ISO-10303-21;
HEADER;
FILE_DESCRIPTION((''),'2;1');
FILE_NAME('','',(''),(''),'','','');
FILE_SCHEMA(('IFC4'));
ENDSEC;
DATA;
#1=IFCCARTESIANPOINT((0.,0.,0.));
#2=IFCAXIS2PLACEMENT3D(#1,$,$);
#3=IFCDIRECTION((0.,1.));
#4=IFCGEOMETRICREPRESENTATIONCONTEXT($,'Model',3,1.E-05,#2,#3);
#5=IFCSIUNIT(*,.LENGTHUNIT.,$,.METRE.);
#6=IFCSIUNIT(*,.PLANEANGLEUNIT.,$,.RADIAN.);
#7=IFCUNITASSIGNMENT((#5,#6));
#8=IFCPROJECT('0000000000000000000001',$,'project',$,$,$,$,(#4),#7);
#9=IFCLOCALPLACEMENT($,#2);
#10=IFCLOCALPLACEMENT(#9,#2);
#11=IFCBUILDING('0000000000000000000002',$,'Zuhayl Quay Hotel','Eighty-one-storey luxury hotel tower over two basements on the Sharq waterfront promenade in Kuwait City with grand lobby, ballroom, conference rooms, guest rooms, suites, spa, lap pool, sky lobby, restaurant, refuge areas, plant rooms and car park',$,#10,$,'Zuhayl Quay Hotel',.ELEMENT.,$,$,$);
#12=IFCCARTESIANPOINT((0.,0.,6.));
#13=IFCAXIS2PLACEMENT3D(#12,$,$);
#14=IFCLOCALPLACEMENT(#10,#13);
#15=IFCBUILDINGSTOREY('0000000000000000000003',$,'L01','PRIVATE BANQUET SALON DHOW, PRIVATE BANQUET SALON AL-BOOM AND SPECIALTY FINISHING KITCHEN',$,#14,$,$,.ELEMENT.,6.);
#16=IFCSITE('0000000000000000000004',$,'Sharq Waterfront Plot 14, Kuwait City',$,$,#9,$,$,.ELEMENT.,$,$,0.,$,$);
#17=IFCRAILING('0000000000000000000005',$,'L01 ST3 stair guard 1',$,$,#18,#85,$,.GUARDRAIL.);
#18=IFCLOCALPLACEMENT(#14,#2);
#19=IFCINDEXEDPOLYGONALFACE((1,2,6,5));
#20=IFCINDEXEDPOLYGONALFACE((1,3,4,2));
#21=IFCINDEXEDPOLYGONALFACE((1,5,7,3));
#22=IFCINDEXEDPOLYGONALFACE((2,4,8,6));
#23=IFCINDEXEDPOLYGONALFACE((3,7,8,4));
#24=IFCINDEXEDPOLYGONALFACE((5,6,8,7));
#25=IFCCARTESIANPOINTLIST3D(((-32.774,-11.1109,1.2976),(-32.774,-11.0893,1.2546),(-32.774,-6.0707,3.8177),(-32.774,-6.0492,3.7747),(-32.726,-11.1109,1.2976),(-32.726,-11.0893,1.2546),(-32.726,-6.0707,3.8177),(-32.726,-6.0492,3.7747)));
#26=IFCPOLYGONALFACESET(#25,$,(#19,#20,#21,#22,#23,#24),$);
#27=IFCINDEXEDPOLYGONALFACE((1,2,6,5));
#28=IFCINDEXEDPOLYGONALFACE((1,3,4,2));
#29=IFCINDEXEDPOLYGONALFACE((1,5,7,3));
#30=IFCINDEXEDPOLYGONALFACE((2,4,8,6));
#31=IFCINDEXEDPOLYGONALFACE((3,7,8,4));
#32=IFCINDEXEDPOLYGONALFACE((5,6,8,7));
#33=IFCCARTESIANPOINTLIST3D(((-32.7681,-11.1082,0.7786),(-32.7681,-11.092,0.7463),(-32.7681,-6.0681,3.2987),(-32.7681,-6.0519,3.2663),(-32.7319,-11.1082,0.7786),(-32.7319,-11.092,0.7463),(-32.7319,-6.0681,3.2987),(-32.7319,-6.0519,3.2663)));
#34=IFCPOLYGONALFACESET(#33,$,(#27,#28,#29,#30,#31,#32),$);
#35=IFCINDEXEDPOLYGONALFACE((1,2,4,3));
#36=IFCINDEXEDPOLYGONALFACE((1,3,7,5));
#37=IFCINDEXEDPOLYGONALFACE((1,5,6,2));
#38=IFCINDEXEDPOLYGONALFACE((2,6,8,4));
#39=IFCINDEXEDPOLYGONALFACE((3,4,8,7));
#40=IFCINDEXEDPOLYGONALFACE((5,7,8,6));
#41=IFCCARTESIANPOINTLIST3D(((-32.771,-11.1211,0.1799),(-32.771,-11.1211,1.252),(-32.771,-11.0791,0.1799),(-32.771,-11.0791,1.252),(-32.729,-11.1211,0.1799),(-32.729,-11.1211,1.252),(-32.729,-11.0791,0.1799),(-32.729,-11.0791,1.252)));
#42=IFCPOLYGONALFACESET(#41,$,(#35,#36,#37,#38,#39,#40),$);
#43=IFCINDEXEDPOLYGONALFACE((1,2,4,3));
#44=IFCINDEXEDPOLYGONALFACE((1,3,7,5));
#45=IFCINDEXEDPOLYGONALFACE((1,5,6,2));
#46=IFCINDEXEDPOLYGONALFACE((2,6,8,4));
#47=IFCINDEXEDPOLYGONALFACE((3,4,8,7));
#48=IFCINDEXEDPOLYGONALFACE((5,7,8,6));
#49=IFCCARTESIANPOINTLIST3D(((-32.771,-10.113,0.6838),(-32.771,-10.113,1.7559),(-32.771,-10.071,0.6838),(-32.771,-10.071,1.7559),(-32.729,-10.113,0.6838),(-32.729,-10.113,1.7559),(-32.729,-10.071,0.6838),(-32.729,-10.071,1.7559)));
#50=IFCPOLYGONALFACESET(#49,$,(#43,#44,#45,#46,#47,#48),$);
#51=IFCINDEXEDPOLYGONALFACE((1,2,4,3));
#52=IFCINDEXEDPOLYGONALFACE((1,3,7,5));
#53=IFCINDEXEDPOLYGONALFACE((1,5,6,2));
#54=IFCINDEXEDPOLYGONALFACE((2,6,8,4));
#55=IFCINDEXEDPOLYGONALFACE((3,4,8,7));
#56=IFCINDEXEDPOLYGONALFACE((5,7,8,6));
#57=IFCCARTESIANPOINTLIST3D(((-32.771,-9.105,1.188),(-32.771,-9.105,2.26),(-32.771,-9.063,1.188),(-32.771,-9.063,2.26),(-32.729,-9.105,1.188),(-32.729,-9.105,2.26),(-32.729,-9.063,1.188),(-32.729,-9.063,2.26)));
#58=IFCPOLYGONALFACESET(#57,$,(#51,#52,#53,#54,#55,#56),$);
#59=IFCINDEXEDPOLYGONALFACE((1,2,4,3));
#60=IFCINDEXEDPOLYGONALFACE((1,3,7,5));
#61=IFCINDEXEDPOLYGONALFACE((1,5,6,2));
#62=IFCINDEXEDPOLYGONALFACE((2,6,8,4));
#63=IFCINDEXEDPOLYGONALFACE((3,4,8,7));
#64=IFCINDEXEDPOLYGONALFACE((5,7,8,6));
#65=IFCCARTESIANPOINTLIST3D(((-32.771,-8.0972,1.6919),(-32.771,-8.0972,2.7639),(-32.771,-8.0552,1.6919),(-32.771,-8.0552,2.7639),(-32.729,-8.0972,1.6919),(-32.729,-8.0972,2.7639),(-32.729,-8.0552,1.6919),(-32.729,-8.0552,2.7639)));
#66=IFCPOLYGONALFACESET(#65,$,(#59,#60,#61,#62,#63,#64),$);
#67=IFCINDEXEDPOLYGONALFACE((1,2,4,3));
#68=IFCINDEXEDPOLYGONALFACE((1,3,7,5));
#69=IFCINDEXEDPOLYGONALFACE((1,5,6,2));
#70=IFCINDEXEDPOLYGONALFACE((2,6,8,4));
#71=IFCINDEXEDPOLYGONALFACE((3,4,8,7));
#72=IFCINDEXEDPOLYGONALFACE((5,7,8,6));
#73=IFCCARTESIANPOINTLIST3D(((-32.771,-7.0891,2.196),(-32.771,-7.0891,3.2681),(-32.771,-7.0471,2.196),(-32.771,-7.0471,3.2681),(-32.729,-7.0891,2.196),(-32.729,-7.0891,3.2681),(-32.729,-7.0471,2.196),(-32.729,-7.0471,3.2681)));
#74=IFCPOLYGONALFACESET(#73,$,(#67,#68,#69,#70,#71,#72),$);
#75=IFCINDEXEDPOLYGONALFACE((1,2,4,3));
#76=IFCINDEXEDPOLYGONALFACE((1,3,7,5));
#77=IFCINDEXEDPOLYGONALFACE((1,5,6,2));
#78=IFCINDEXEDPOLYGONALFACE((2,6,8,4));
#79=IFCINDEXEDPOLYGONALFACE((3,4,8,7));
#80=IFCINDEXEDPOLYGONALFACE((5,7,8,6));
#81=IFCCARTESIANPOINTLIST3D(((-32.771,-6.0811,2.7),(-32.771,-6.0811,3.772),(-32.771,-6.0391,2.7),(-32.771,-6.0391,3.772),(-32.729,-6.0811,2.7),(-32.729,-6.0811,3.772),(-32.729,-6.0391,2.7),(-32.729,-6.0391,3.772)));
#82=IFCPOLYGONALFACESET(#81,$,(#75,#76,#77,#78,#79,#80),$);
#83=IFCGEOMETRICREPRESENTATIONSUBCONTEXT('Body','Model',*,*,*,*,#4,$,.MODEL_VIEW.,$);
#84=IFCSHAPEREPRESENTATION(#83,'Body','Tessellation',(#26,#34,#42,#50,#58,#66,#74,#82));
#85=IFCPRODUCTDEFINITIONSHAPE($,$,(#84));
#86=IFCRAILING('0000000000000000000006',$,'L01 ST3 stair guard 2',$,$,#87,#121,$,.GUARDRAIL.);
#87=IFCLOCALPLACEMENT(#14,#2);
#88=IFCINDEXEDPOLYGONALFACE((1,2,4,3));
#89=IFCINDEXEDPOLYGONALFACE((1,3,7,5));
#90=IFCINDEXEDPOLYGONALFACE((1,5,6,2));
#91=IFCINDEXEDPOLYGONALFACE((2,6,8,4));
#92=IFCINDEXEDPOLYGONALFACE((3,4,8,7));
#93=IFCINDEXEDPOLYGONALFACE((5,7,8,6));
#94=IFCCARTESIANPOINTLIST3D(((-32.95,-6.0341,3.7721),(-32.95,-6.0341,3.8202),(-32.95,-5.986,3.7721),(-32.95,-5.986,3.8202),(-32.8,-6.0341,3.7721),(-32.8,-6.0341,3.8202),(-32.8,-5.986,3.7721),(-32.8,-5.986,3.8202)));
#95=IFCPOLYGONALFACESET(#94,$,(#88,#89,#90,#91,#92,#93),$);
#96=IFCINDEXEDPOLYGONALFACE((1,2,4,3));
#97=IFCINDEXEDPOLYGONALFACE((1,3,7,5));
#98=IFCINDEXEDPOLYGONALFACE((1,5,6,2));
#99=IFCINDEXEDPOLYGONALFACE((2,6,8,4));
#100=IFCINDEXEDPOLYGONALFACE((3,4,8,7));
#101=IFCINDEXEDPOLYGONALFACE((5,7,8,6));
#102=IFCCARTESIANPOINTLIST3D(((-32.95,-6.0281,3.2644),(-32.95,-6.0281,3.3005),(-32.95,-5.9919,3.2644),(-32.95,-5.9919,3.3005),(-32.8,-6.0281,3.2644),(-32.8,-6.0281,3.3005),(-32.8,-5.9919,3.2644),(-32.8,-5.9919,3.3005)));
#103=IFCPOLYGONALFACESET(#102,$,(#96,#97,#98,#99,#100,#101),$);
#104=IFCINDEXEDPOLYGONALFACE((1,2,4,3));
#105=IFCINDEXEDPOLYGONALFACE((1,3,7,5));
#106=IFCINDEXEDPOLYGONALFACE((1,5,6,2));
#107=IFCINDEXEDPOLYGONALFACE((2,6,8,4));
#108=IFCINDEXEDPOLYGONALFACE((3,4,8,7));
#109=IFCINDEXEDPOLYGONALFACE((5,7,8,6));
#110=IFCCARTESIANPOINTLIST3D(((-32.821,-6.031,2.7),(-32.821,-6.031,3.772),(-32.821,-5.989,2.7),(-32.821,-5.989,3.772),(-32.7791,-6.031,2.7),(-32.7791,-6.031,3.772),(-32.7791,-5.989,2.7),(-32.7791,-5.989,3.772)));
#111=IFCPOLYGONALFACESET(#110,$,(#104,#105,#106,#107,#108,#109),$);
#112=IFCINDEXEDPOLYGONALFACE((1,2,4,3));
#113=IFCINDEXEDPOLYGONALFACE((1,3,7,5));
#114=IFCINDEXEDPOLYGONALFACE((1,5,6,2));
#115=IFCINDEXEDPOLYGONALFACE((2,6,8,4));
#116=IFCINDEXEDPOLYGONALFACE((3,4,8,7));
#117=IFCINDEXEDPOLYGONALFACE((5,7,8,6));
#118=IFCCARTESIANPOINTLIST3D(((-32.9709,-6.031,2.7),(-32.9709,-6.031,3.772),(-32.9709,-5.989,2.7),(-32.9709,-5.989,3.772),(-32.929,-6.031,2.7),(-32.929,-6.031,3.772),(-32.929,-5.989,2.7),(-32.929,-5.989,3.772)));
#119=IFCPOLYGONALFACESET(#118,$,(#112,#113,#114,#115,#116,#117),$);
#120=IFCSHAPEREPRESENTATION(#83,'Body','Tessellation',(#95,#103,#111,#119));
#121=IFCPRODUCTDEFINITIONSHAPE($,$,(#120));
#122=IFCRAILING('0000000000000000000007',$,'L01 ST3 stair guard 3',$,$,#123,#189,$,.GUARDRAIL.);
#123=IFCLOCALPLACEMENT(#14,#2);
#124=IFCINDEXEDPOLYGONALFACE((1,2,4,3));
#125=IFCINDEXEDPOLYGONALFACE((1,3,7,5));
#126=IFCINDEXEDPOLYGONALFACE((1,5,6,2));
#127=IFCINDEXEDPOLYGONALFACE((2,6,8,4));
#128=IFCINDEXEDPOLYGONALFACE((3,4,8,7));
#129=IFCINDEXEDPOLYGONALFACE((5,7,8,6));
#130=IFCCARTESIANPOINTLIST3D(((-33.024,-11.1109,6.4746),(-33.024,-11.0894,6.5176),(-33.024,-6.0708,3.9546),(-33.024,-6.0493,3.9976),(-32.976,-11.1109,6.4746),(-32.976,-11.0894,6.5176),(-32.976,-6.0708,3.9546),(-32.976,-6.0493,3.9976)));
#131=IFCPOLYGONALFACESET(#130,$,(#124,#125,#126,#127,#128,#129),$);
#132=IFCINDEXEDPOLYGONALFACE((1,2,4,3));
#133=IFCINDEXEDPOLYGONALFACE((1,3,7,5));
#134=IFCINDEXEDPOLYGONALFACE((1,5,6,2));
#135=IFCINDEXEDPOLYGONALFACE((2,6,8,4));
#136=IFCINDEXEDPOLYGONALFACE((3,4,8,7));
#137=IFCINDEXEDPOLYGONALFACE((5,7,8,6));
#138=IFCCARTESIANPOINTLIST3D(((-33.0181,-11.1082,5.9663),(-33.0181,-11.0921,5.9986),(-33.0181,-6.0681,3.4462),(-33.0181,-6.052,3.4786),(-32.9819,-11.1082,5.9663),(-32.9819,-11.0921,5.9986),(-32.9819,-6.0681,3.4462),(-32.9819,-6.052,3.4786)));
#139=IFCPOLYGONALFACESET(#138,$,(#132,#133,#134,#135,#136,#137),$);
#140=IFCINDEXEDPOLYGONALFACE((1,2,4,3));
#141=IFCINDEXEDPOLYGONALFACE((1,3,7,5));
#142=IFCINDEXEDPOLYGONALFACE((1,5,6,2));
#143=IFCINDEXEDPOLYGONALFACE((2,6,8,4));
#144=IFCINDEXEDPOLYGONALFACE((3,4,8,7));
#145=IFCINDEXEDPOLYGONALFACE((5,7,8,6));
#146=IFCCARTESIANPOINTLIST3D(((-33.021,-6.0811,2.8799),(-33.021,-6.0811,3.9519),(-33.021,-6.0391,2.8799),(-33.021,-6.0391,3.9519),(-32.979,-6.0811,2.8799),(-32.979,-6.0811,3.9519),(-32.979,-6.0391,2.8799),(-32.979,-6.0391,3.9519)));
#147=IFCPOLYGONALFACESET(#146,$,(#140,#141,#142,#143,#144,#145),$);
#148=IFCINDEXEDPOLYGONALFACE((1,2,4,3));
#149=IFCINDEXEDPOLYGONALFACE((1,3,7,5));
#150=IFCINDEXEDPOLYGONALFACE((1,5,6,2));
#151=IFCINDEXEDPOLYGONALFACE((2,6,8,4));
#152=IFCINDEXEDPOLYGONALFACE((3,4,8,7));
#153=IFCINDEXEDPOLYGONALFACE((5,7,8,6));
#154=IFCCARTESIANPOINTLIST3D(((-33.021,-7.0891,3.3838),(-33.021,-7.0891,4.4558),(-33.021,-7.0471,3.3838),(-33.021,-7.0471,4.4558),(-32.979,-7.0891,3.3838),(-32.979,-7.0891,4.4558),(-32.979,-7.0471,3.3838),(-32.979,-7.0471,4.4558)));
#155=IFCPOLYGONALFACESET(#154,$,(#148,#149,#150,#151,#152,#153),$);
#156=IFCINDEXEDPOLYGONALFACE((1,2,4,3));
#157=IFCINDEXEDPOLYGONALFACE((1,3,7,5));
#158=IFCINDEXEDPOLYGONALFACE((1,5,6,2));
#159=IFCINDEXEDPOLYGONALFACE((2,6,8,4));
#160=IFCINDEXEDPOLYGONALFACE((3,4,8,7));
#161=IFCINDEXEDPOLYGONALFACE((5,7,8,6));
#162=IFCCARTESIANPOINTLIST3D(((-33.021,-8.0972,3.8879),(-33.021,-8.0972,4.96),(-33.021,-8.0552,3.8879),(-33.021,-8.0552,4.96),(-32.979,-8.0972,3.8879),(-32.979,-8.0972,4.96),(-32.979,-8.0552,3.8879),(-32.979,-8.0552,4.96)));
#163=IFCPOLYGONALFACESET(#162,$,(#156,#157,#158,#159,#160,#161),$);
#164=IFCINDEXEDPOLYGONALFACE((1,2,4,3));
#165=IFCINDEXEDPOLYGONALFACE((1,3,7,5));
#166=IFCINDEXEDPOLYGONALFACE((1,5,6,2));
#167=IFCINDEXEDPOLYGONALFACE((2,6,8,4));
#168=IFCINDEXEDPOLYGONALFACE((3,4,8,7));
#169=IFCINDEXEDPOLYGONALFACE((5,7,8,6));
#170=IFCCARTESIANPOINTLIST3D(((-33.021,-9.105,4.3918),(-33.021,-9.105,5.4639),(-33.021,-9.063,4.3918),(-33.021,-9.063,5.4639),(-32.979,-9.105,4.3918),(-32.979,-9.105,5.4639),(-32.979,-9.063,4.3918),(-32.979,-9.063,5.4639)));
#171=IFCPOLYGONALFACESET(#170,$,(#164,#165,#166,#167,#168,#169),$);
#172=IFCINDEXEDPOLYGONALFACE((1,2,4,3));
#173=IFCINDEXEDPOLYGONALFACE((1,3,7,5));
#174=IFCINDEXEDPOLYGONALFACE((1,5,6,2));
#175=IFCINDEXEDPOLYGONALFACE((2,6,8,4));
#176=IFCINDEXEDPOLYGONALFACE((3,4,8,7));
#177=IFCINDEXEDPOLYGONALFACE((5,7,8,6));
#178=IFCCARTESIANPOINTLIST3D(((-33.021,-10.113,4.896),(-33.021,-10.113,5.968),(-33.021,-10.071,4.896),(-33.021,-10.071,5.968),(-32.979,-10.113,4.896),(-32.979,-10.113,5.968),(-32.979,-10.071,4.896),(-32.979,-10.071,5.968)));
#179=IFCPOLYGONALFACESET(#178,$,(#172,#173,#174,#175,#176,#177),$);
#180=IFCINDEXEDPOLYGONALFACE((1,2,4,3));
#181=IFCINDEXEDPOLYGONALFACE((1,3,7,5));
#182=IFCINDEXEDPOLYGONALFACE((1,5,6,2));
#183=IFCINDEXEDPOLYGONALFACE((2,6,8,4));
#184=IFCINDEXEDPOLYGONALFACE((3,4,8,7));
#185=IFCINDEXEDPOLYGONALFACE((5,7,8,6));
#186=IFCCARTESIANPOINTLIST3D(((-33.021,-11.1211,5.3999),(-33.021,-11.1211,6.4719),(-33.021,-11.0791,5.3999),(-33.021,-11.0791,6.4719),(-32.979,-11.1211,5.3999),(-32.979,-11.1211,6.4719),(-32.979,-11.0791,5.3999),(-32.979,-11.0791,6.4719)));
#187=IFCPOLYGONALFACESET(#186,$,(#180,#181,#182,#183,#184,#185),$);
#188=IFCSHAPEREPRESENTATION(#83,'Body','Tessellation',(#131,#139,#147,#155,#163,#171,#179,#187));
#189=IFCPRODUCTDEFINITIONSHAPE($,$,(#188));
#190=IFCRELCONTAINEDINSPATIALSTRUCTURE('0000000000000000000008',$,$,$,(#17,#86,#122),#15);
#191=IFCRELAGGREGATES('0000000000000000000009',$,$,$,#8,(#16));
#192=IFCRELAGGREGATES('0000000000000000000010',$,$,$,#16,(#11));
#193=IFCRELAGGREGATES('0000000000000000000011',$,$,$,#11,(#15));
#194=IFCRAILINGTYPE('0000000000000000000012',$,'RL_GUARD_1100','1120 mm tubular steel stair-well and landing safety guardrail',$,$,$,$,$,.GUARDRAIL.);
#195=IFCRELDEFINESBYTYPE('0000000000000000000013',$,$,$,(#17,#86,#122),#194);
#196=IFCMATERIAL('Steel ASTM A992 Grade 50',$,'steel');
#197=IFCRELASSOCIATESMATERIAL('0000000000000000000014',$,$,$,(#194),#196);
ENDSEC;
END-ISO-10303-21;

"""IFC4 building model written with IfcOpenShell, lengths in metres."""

from ifc_helpers import new_model, si_unit, direction, frame, origin, origin_2d, place, context, subcontext, project, spatial, rectangle, extrude, material, type_object, element, save


model = new_model("IFC4")

# Units and contexts
model_context = context("Model", 3, precision=1e-05, world=origin(), true_north=direction((0.0, 1.0)))
body_context = subcontext(model_context, "Body", "Model", "MODEL_VIEW")
ifc_project = project(units=[si_unit("LENGTHUNIT", "METRE"), si_unit("PLANEANGLEUNIT", "RADIAN")], contexts=[model_context])

# Site, building, storey
site_placement = place(None, origin())
site = spatial("IfcSite", under=ifc_project, at=site_placement, Name="Sharq Waterfront Plot 14, Kuwait City", CompositionType="ELEMENT", RefElevation=0.0)
building_placement = place(site_placement, origin())
building = spatial("IfcBuilding", under=site, at=building_placement, Name="Zuhayl Quay Hotel", Description="Eighty-one-storey luxury hotel tower over two basements on the Sharq waterfront promenade in Kuwait City with grand lobby, ballroom, conference rooms, guest rooms, suites, spa, lap pool, sky lobby, restaurant, refuge areas, plant rooms and car park", LongName="Zuhayl Quay Hotel", CompositionType="ELEMENT")
storey_placement = place(building_placement, frame((0.0, 0.0, 6.0)))
storey = spatial("IfcBuildingStorey", under=building, at=storey_placement, Name="L01", Description="PRIVATE BANQUET SALON DHOW, PRIVATE BANQUET SALON AL-BOOM AND SPECIALTY FINISHING KITCHEN", CompositionType="ELEMENT", Elevation=6.0)

# Shared definitions
ifc_material_1 = material(Name="Steel ASTM A992 Grade 50", Category="steel")

# Railings
railing_type_1 = type_object("IfcRailingType", Name="RL_GUARD_1100", Description="1120 mm tubular steel stair-well and landing safety guardrail", PredefinedType="GUARDRAIL", material=ifc_material_1)
railing_1_placement = place(storey_placement, frame((-32.75, -11.1001, 0.1799)))
element("IfcRailing", 1, at=railing_1_placement, inside=storey, type_object=railing_type_1, Name="L01 ST3 stair guard 1", PredefinedType="GUARDRAIL", context=body_context, shape_type="SweptSolid", body=[
    extrude(rectangle(XDim=0.0481, YDim=0.0481, at=origin_2d()), frame((0.0, 0.0, 1.0962), z_axis=(0.0, 0.894427, 0.447214), x_axis=(-1.0, 0.0, 0.0)), (0.0, 0.0, 1.0), 5.635),
    extrude(rectangle(XDim=0.0361, YDim=0.0361, at=origin_2d()), frame((0.0, 0.0, 0.5825), z_axis=(0.0, 0.894427, 0.447214), x_axis=(-1.0, 0.0, 0.0)), (0.0, 0.0, 1.0), 5.635),
    extrude(rectangle(XDim=0.042, YDim=0.042, at=origin_2d()), origin(), (0.0, 0.0, 1.0), 1.072),
    extrude(rectangle(XDim=0.042, YDim=0.042, at=origin_2d()), frame((0.0, 1.0081, 0.5039)), (0.0, 0.0, 1.0), 1.072),
    extrude(rectangle(XDim=0.042, YDim=0.042, at=origin_2d()), frame((0.0, 2.0161, 1.0081)), (0.0, 0.0, 1.0), 1.072),
    extrude(rectangle(XDim=0.042, YDim=0.042, at=origin_2d()), frame((0.0, 3.0239, 1.512)), (0.0, 0.0, 1.0), 1.072),
    extrude(rectangle(XDim=0.042, YDim=0.042, at=origin_2d()), frame((0.0, 4.032, 2.0161)), (0.0, 0.0, 1.0), 1.072),
    extrude(rectangle(XDim=0.042, YDim=0.042, at=origin_2d()), frame((0.0, 5.04, 2.52)), (0.0, 0.0, 1.0), 1.072),
])
railing_2_placement = place(storey_placement, frame((-32.8, -6.01, 2.7)))
element("IfcRailing", 2, at=railing_2_placement, inside=storey, type_object=railing_type_1, Name="L01 ST3 stair guard 2", PredefinedType="GUARDRAIL", context=body_context, shape_type="SweptSolid", body=[
    extrude(rectangle(XDim=0.0481, YDim=0.0481, at=origin_2d()), frame((0.0, 0.0, 1.0962), z_axis=(-1.0, 0.0, 0.0), x_axis=(0.0, -1.0, 0.0)), (0.0, 0.0, 1.0), 0.1499),
    extrude(rectangle(XDim=0.0361, YDim=0.0361, at=origin_2d()), frame((0.0, 0.0, 0.5825), z_axis=(-1.0, 0.0, 0.0), x_axis=(0.0, -1.0, 0.0)), (0.0, 0.0, 1.0), 0.1499),
    extrude(rectangle(XDim=0.042, YDim=0.042, at=origin_2d()), origin(), (0.0, 0.0, 1.0), 1.072),
    extrude(rectangle(XDim=0.042, YDim=0.042, at=origin_2d()), frame((-0.1499, 0.0, 0.0)), (0.0, 0.0, 1.0), 1.072),
])
railing_3_placement = place(storey_placement, frame((-33.0, -6.0601, 2.8799)))
element("IfcRailing", 3, at=railing_3_placement, inside=storey, type_object=railing_type_1, Name="L01 ST3 stair guard 3", PredefinedType="GUARDRAIL", context=body_context, shape_type="SweptSolid", body=[
    extrude(rectangle(XDim=0.0481, YDim=0.0481, at=origin_2d()), frame((0.0, 0.0, 1.0962), z_axis=(0.0, -0.894427, 0.447214), x_axis=(1.0, 0.0, 0.0)), (0.0, 0.0, 1.0), 5.635),
    extrude(rectangle(XDim=0.0361, YDim=0.0361, at=origin_2d()), frame((0.0, 0.0, 0.5825), z_axis=(0.0, -0.894427, 0.447214), x_axis=(1.0, 0.0, 0.0)), (0.0, 0.0, 1.0), 5.635),
    extrude(rectangle(XDim=0.042, YDim=0.042, at=origin_2d()), origin(), (0.0, 0.0, 1.0), 1.072),
    extrude(rectangle(XDim=0.042, YDim=0.042, at=origin_2d()), frame((0.0, -1.0081, 0.5039)), (0.0, 0.0, 1.0), 1.072),
    extrude(rectangle(XDim=0.042, YDim=0.042, at=origin_2d()), frame((0.0, -2.0161, 1.0081)), (0.0, 0.0, 1.0), 1.072),
    extrude(rectangle(XDim=0.042, YDim=0.042, at=origin_2d()), frame((0.0, -3.0239, 1.512)), (0.0, 0.0, 1.0), 1.072),
    extrude(rectangle(XDim=0.042, YDim=0.042, at=origin_2d()), frame((0.0, -4.032, 2.0161)), (0.0, 0.0, 1.0), 1.072),
    extrude(rectangle(XDim=0.042, YDim=0.042, at=origin_2d()), frame((0.0, -5.04, 2.52)), (0.0, 0.0, 1.0), 1.072),
])

save(model, "model.ifc")
